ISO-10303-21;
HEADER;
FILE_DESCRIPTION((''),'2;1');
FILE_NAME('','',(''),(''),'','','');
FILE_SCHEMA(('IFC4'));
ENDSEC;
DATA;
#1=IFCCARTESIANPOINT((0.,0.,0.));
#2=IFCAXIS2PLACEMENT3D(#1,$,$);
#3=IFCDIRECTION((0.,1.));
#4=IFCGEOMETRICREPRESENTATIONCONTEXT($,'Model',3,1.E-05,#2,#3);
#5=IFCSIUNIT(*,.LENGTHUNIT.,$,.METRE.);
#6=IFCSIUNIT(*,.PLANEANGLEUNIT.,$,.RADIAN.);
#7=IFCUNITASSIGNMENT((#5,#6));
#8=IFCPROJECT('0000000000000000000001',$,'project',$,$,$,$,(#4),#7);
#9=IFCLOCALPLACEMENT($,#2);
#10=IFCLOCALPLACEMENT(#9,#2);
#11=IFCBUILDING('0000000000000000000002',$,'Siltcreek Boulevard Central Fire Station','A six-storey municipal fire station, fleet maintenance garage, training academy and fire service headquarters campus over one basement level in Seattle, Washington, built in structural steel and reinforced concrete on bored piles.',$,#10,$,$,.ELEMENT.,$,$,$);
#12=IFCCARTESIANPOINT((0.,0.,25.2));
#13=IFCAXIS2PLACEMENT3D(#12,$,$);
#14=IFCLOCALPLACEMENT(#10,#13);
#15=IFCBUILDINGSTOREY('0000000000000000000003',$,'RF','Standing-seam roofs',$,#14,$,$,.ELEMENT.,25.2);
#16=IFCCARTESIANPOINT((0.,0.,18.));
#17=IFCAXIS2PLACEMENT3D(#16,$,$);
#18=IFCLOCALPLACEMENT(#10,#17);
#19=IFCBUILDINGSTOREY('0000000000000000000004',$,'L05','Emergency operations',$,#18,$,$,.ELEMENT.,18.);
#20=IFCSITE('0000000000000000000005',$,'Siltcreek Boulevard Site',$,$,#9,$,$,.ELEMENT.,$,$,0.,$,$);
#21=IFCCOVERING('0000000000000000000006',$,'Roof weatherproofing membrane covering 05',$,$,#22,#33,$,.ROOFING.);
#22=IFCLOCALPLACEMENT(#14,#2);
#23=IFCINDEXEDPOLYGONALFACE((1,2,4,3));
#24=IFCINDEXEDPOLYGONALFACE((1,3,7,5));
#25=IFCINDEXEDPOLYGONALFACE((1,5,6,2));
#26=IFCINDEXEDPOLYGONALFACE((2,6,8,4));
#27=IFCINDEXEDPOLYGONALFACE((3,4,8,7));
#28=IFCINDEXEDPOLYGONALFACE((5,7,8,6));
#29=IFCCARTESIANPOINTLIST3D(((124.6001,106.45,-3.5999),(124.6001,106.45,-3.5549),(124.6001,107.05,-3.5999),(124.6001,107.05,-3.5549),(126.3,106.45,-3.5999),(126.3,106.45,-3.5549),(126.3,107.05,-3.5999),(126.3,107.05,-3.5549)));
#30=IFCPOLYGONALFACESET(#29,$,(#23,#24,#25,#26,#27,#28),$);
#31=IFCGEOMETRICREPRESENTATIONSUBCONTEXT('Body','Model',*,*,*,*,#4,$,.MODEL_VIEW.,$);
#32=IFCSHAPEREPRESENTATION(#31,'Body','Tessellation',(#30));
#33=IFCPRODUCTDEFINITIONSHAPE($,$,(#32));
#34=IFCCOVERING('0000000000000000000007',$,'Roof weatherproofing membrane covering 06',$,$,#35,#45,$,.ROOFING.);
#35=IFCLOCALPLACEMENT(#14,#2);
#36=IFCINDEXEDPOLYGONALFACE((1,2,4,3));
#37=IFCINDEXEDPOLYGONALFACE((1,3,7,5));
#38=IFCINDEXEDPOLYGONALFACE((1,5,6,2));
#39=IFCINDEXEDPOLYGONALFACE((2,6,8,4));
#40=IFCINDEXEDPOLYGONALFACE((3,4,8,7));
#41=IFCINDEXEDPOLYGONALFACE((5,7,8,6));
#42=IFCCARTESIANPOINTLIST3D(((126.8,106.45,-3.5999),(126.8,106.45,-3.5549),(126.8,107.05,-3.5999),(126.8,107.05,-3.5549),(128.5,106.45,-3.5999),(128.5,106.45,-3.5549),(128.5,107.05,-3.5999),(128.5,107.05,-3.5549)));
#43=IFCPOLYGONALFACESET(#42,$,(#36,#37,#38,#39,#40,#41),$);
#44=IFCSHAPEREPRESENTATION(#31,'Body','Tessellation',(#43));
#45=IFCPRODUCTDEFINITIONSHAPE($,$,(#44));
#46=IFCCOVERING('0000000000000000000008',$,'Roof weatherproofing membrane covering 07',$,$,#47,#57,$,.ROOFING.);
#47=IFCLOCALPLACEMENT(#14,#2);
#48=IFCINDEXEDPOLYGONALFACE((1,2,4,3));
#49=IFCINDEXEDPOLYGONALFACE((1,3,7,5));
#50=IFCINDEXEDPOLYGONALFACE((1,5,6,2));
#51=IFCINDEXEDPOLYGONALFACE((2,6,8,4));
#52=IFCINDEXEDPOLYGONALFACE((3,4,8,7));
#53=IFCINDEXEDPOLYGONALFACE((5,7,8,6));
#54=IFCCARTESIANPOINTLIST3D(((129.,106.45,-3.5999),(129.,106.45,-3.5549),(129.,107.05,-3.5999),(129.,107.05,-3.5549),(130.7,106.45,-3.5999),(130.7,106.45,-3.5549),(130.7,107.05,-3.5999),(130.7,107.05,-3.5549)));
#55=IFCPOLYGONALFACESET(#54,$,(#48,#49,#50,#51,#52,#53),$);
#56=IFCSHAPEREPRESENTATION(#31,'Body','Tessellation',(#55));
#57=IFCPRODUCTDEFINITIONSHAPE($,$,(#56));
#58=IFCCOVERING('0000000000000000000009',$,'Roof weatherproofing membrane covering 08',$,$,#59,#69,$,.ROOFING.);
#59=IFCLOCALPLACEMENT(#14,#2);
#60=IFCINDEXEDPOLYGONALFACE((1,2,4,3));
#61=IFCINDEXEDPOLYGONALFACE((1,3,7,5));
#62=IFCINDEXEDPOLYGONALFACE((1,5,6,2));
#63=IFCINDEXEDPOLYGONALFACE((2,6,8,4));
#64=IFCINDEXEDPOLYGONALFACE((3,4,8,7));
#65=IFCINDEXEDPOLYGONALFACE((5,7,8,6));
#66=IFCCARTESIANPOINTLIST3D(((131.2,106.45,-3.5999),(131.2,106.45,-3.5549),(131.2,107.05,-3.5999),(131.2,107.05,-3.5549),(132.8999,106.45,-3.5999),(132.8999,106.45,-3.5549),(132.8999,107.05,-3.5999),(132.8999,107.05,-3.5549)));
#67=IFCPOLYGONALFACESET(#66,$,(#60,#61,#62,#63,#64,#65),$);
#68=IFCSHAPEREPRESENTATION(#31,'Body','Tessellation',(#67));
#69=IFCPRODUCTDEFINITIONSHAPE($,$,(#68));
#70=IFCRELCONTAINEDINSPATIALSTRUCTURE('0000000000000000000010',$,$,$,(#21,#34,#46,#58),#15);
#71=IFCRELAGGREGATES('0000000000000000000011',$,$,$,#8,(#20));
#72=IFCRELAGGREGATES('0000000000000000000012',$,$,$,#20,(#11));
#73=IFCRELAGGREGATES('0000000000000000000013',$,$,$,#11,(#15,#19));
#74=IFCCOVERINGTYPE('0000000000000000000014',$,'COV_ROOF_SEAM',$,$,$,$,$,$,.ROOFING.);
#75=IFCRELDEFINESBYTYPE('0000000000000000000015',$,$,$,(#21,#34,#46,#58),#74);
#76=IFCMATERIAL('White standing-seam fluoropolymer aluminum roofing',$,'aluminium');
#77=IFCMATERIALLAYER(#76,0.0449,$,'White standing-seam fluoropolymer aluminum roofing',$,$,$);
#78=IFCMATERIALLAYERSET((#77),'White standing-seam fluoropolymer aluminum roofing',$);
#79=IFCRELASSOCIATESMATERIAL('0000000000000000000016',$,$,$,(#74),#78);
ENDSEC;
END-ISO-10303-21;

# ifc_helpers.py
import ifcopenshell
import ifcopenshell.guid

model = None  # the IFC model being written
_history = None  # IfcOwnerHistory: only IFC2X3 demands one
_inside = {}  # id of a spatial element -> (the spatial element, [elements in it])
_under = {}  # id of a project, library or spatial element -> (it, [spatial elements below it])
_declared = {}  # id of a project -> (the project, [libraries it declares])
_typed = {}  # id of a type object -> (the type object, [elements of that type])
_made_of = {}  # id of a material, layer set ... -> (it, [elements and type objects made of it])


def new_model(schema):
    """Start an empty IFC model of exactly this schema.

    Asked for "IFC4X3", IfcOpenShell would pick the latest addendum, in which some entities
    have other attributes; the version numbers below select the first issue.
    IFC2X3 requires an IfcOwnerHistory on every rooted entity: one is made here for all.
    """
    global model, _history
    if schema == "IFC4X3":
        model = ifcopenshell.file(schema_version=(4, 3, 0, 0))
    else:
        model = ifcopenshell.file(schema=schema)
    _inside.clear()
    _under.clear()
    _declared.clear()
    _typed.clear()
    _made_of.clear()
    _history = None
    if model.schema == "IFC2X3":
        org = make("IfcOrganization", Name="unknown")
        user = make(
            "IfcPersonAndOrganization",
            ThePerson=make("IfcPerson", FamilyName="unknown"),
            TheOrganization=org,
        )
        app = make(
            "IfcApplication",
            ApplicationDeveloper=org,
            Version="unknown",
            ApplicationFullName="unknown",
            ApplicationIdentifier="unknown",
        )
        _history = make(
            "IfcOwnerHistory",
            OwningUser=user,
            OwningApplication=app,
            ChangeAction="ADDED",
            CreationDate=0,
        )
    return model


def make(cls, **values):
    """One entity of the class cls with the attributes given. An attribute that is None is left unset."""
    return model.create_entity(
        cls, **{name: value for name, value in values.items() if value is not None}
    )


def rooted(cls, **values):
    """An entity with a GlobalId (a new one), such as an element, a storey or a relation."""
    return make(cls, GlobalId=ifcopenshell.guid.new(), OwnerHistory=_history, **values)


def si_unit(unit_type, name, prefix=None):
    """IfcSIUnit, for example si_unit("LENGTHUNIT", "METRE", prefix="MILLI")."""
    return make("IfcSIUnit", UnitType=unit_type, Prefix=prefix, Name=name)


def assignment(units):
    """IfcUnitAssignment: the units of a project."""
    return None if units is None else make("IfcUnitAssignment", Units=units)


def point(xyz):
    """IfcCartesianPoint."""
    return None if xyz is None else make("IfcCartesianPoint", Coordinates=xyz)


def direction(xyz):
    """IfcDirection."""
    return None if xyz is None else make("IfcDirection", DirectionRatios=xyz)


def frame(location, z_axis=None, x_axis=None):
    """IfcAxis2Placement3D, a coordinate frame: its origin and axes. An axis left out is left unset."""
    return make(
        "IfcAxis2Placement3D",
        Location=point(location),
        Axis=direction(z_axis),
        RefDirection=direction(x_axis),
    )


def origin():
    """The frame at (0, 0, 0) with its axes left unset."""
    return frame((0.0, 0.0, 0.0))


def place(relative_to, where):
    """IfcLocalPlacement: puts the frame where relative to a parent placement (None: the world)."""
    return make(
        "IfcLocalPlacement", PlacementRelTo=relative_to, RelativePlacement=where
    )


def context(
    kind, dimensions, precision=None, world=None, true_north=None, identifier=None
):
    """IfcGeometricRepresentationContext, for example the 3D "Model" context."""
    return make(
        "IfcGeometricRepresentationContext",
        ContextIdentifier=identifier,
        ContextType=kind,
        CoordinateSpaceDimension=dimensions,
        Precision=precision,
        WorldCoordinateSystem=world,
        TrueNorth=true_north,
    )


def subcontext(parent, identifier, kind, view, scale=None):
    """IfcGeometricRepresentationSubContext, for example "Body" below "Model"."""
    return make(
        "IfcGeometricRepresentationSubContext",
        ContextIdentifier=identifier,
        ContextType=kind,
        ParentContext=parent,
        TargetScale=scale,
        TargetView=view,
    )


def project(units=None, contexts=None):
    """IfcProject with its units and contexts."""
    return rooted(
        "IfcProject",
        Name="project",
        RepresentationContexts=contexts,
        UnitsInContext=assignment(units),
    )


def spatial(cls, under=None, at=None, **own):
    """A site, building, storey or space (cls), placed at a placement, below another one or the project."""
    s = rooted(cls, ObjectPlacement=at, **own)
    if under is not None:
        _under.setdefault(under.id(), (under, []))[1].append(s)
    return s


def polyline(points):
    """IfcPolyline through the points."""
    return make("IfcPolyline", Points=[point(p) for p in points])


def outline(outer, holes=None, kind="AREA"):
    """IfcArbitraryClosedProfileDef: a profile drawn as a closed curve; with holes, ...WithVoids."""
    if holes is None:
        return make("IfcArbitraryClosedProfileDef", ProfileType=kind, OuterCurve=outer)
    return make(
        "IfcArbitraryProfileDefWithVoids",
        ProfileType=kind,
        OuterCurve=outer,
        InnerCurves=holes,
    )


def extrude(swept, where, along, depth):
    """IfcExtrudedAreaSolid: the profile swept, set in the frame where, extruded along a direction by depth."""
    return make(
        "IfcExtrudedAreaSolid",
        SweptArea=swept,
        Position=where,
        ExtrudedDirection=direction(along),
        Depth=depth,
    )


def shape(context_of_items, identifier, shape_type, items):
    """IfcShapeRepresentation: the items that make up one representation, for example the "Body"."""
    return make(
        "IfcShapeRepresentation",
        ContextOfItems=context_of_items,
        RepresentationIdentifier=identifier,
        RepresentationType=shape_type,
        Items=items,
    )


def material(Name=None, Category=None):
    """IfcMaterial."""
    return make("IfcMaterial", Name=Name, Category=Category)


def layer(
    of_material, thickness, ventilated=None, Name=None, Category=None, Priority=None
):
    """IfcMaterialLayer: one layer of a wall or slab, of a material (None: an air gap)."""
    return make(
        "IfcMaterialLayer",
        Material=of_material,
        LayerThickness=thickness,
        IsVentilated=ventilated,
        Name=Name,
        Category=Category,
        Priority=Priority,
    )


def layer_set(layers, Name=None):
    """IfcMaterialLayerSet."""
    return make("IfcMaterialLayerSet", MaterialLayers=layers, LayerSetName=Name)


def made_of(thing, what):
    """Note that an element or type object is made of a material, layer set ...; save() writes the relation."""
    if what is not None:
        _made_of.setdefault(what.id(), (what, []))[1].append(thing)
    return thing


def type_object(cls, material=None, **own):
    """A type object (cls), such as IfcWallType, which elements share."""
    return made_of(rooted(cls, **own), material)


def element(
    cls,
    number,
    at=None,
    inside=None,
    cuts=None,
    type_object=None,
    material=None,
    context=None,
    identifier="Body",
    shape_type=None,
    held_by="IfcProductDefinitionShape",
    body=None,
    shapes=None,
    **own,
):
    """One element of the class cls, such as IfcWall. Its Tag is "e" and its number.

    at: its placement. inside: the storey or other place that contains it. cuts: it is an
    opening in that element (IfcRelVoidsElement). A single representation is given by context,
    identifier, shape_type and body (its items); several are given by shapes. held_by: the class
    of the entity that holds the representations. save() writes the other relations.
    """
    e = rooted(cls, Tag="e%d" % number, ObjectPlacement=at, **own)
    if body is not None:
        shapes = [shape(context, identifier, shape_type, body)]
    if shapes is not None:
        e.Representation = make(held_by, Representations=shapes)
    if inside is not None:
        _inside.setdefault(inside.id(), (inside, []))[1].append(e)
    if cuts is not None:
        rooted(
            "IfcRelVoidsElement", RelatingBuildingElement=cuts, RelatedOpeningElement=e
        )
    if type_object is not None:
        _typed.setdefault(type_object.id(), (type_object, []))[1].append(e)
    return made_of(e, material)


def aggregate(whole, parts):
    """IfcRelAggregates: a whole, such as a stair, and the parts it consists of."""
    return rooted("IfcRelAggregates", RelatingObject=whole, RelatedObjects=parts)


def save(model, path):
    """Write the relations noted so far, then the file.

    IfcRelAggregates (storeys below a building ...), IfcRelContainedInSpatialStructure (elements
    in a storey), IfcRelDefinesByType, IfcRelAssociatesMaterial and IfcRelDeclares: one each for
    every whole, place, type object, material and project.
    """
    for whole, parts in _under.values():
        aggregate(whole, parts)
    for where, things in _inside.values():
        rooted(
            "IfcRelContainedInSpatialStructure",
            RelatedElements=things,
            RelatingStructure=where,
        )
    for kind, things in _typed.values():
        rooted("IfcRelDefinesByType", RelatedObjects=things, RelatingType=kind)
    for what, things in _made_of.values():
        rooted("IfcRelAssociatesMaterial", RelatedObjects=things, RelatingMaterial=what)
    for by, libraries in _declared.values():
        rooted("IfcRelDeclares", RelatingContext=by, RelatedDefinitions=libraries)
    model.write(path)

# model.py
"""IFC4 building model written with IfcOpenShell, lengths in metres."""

from ifc_helpers import new_model, si_unit, direction, frame, origin, place, context, subcontext, project, spatial, polyline, outline, extrude, material, layer, layer_set, type_object, element, save


model = new_model("IFC4")

# Units and contexts
model_context = context("Model", 3, precision=1e-05, world=origin(), true_north=direction((0.0, 1.0)))
body_context = subcontext(model_context, "Body", "Model", "MODEL_VIEW")
ifc_project = project(units=[si_unit("LENGTHUNIT", "METRE"), si_unit("PLANEANGLEUNIT", "RADIAN")], contexts=[model_context])

# Site, building, storey
site_placement = place(None, origin())
site = spatial("IfcSite", under=ifc_project, at=site_placement, Name="Siltcreek Boulevard Site", CompositionType="ELEMENT", RefElevation=0.0)
building_placement = place(site_placement, origin())
building = spatial("IfcBuilding", under=site, at=building_placement, Name="Siltcreek Boulevard Central Fire Station", Description="A six-storey municipal fire station, fleet maintenance garage, training academy and fire service headquarters campus over one basement level in Seattle, Washington, built in structural steel and reinforced concrete on bored piles.", CompositionType="ELEMENT")
storey_1_placement = place(building_placement, frame((0.0, 0.0, 25.2)))
storey_1 = spatial("IfcBuildingStorey", under=building, at=storey_1_placement, Name="RF", Description="Standing-seam roofs", CompositionType="ELEMENT", Elevation=25.2)

# Shared definitions
storey_2_placement = place(building_placement, frame((0.0, 0.0, 18.0)))
storey_2 = spatial("IfcBuildingStorey", under=building, at=storey_2_placement, Name="L05", Description="Emergency operations", CompositionType="ELEMENT", Elevation=18.0)

# Coverings
ifc_material_1 = material(Name="White standing-seam fluoropolymer aluminum roofing", Category="aluminium")
ifc_layer_1 = layer(ifc_material_1, 0.0449, Name="White standing-seam fluoropolymer aluminum roofing")
ifc_layer_set_1 = layer_set([ifc_layer_1], Name="White standing-seam fluoropolymer aluminum roofing")
covering_type = type_object("IfcCoveringType", Name="COV_ROOF_SEAM", PredefinedType="ROOFING", material=ifc_layer_set_1)
covering_1_placement = place(storey_1_placement, frame((0.0, 0.0, -3.5999)))
element("IfcCovering", 1, at=covering_1_placement, inside=storey_1, type_object=covering_type, Name="Roof weatherproofing membrane covering 05", PredefinedType="ROOFING", context=body_context, shape_type="SweptSolid", body=[
    extrude(outline(polyline([(124.6001, 106.45), (126.3, 106.45), (126.3, 107.05), (124.6001, 107.05), (124.6001, 106.45)])), origin(), (0.0, 0.0, 1.0), 0.0449),
])
covering_2_placement = place(storey_1_placement, frame((0.0, 0.0, -3.5999)))
element("IfcCovering", 2, at=covering_2_placement, inside=storey_1, type_object=covering_type, Name="Roof weatherproofing membrane covering 06", PredefinedType="ROOFING", context=body_context, shape_type="SweptSolid", body=[
    extrude(outline(polyline([(126.8, 106.45), (128.5, 106.45), (128.5, 107.05), (126.8, 107.05), (126.8, 106.45)])), origin(), (0.0, 0.0, 1.0), 0.0449),
])
covering_3_placement = place(storey_1_placement, frame((0.0, 0.0, -3.5999)))
element("IfcCovering", 3, at=covering_3_placement, inside=storey_1, type_object=covering_type, Name="Roof weatherproofing membrane covering 07", PredefinedType="ROOFING", context=body_context, shape_type="SweptSolid", body=[
    extrude(outline(polyline([(129.0, 106.45), (130.7, 106.45), (130.7, 107.05), (129.0, 107.05), (129.0, 106.45)])), origin(), (0.0, 0.0, 1.0), 0.0449),
])
covering_4_placement = place(storey_1_placement, frame((0.0, 0.0, -3.5999)))
element("IfcCovering", 4, at=covering_4_placement, inside=storey_1, type_object=covering_type, Name="Roof weatherproofing membrane covering 08", PredefinedType="ROOFING", context=body_context, shape_type="SweptSolid", body=[
    extrude(outline(polyline([(131.2, 106.45), (132.8999, 106.45), (132.8999, 107.05), (131.2, 107.05), (131.2, 106.45)])), origin(), (0.0, 0.0, 1.0), 0.0449),
])

save(model, "model.ifc")
